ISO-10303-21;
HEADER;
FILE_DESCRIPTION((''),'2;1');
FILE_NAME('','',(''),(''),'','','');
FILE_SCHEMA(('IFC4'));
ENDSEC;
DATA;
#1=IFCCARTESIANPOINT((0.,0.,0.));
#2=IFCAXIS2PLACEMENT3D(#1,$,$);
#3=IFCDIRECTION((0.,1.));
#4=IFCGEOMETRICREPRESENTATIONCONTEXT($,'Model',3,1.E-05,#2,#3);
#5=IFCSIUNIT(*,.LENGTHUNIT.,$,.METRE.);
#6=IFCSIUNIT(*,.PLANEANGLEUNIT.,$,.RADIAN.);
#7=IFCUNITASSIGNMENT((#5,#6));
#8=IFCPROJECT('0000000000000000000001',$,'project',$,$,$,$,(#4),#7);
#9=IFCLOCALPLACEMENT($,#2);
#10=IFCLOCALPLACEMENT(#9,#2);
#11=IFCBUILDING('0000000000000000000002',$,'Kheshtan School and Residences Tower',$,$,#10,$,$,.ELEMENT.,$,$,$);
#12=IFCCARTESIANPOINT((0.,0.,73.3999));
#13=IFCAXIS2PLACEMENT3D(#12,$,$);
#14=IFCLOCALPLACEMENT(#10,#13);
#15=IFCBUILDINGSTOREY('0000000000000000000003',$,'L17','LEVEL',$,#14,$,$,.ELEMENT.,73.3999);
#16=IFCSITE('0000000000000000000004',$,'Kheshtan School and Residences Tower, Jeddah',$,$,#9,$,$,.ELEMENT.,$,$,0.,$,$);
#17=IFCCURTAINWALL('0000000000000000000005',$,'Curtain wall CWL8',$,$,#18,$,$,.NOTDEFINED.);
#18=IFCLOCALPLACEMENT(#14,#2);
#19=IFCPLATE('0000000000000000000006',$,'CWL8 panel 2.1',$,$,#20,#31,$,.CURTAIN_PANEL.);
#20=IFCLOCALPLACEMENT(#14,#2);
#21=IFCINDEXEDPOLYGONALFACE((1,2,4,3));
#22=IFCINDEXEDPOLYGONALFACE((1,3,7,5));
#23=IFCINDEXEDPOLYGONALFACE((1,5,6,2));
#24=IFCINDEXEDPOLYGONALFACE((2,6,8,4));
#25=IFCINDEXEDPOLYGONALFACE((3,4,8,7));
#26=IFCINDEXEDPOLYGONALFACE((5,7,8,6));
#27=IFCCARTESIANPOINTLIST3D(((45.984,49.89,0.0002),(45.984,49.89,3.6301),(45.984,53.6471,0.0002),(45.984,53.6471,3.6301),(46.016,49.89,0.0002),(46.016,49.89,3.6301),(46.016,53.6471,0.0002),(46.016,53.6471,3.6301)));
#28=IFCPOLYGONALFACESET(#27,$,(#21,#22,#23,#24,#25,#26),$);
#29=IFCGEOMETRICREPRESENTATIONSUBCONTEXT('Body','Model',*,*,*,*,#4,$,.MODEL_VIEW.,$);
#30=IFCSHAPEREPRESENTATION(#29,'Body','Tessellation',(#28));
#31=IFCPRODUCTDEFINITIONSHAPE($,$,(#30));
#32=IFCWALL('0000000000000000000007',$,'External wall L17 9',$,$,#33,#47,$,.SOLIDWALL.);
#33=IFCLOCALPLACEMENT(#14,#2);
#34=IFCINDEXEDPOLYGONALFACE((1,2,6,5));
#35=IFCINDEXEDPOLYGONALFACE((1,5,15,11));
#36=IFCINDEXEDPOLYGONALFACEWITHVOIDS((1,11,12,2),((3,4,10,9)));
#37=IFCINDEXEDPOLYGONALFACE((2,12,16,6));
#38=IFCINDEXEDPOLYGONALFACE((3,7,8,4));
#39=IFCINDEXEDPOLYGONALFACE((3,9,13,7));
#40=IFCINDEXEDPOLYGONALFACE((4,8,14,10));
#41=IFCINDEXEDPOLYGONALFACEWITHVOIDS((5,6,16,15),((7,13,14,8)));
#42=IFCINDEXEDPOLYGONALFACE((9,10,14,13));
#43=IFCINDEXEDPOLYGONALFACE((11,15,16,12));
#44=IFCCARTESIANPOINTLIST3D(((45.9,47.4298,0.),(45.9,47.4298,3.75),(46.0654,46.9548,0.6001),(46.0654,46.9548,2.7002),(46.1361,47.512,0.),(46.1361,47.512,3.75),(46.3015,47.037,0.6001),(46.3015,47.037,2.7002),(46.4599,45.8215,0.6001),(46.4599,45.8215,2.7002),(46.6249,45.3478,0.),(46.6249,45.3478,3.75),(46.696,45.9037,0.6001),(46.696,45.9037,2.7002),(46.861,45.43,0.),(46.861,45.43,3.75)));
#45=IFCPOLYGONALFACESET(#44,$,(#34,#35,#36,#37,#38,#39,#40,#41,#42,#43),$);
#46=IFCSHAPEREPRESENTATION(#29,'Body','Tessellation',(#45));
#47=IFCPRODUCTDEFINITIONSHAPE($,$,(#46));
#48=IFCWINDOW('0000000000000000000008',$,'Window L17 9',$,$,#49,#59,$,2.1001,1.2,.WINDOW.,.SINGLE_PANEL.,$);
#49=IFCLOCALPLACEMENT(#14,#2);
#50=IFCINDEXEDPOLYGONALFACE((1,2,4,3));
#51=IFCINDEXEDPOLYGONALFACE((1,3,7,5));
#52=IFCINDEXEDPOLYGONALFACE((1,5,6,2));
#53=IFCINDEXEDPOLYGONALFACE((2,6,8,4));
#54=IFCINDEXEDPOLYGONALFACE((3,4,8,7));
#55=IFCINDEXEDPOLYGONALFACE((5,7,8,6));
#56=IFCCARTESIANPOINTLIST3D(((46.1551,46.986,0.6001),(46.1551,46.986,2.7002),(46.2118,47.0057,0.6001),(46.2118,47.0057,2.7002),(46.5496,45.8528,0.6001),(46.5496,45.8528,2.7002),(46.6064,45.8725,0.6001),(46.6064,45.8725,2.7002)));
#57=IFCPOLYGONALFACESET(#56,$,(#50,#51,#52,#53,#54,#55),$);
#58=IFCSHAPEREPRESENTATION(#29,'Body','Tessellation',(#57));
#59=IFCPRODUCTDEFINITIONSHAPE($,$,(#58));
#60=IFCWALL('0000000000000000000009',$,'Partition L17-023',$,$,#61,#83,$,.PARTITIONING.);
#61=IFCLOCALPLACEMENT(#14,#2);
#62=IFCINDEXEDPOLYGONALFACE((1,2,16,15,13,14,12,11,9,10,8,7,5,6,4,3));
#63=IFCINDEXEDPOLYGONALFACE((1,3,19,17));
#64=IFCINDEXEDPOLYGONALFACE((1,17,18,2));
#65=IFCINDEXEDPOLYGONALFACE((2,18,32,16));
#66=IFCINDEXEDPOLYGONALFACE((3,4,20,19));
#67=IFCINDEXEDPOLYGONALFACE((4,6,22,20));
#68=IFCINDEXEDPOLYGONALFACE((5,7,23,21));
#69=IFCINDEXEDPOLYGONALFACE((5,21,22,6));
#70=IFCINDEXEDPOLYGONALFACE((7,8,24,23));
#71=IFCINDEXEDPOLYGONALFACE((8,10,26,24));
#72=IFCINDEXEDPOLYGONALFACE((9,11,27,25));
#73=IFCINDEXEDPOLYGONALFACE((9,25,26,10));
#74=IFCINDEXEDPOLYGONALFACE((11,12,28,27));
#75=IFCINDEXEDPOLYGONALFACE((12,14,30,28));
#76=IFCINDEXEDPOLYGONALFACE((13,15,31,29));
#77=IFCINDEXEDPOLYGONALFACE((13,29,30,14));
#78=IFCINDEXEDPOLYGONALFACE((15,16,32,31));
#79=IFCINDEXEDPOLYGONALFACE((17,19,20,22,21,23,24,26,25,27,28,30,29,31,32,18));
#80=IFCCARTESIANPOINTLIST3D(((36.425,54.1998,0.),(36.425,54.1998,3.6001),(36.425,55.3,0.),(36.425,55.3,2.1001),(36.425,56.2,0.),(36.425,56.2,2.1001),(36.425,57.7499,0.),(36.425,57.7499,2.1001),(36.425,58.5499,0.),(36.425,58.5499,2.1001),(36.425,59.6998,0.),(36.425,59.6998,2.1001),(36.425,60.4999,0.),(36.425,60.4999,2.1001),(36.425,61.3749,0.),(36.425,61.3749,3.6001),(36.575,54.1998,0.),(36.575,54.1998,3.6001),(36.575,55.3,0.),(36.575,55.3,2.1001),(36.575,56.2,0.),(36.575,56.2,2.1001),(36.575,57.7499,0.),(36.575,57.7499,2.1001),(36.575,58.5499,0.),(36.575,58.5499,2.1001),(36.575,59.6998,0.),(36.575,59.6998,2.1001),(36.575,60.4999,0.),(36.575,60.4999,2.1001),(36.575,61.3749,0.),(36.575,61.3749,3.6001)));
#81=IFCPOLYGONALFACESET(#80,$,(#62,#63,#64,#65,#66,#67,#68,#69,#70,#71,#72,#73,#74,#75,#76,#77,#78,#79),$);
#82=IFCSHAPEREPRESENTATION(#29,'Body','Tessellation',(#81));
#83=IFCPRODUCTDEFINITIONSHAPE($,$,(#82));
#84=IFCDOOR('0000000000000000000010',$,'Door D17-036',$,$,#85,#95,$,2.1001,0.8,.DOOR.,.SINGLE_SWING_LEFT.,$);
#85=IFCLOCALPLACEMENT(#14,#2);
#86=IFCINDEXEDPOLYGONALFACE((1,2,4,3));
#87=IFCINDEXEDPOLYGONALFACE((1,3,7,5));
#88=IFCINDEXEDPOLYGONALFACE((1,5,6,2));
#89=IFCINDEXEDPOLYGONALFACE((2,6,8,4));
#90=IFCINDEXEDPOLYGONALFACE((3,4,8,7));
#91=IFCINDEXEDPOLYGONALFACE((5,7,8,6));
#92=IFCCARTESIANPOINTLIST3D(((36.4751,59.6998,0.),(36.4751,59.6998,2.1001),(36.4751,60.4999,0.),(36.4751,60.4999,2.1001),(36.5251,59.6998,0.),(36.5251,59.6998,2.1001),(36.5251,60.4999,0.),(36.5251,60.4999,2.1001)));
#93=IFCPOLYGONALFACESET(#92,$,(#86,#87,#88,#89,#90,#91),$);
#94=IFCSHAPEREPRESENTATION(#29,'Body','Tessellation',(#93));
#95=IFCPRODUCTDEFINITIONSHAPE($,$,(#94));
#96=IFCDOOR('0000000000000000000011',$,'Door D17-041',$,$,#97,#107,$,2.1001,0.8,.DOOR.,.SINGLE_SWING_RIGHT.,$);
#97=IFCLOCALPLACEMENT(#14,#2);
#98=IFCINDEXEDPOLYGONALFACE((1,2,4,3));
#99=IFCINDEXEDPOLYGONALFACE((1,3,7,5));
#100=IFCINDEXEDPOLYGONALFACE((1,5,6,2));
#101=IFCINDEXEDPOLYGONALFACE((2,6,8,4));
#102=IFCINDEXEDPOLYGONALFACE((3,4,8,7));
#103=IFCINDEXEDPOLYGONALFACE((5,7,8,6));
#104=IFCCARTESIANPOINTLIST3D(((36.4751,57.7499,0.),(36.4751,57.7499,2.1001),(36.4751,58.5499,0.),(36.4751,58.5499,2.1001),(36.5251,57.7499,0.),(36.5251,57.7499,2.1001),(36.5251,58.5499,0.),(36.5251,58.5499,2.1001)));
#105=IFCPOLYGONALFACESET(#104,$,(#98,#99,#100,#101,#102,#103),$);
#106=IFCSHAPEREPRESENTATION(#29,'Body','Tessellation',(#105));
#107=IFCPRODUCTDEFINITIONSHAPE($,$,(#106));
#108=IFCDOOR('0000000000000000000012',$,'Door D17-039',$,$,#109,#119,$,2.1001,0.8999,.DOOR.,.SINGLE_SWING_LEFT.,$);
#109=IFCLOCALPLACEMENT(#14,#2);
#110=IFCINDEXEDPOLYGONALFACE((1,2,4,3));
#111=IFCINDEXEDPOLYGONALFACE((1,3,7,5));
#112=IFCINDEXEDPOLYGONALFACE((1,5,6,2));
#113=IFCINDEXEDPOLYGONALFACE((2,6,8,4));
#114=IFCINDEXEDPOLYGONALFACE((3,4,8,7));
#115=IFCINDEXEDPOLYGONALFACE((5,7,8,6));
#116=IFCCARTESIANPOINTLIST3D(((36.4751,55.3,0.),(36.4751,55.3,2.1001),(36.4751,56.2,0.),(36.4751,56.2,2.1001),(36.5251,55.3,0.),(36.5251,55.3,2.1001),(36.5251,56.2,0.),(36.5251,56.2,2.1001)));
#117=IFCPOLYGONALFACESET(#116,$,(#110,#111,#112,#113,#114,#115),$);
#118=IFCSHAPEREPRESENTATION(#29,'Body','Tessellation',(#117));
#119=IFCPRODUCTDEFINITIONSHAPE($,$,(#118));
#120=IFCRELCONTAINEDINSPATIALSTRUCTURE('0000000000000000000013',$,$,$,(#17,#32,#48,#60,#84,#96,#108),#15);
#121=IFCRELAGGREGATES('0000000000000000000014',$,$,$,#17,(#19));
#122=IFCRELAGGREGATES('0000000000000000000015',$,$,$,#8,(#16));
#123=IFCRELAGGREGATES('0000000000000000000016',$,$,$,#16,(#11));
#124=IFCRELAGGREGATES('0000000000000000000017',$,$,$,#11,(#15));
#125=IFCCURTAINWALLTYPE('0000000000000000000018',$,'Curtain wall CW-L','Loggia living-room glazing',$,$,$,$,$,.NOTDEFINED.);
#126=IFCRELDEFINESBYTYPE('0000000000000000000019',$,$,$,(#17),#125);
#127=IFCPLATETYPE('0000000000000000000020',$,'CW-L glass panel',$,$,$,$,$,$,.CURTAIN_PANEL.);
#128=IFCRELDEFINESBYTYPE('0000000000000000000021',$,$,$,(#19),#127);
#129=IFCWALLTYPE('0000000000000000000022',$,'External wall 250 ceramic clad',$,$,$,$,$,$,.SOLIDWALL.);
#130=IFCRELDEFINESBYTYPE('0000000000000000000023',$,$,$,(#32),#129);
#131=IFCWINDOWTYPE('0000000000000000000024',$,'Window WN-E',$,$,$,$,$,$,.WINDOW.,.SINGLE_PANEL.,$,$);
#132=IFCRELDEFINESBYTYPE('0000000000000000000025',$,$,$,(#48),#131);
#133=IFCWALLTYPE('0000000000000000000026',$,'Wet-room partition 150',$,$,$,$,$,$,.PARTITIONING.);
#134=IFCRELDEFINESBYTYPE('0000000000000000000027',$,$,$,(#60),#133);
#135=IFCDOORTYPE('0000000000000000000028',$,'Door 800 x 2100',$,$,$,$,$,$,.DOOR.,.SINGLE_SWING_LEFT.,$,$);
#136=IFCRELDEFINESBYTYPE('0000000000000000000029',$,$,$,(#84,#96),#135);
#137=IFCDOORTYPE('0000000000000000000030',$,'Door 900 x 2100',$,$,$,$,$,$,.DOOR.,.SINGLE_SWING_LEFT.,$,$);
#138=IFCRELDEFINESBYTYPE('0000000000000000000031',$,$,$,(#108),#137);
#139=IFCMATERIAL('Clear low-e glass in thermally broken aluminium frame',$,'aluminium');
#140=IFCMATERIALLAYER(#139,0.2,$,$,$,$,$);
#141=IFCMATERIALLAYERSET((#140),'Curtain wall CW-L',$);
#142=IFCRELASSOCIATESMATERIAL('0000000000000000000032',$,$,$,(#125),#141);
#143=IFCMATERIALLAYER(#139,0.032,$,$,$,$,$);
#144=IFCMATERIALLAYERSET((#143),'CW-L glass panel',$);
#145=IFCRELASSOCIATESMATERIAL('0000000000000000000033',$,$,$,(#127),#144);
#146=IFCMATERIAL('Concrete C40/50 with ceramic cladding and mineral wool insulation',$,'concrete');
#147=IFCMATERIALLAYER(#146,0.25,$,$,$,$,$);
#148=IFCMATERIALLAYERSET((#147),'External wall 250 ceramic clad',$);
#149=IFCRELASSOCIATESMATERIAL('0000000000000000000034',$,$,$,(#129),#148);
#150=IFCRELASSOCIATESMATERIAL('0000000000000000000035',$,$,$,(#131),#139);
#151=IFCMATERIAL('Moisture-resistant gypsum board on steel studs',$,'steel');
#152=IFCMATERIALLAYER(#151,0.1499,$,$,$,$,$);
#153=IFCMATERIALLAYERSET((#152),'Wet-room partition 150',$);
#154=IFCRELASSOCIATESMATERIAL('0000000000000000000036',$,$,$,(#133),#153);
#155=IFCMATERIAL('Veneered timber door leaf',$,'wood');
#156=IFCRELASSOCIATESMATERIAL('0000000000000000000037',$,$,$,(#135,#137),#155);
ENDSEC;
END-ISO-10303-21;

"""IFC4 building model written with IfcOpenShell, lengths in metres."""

from ifc_helpers import new_model, si_unit, direction, frame, frame_2d, origin, origin_2d, place, context, subcontext, project, spatial, rectangle, extrude, source, transform, mapped, material, layer, layer_set, type_object, element, fill, aggregate, save


model = new_model("IFC4")

# Units and contexts
model_context = context("Model", 3, precision=1e-05, world=origin(), true_north=direction((0.0, 1.0)))
body_context = subcontext(model_context, "Body", "Model", "MODEL_VIEW")
ifc_project = project(units=[si_unit("LENGTHUNIT", "METRE"), si_unit("PLANEANGLEUNIT", "RADIAN")], contexts=[model_context])

# Site, building, storey
site_placement = place(None, origin())
site = spatial("IfcSite", under=ifc_project, at=site_placement, Name="Kheshtan School and Residences Tower, Jeddah", CompositionType="ELEMENT", RefElevation=0.0)
building_placement = place(site_placement, origin())
building = spatial("IfcBuilding", under=site, at=building_placement, Name="Kheshtan School and Residences Tower", CompositionType="ELEMENT")
storey_placement = place(building_placement, frame((0.0, 0.0, 73.3999)))
storey = spatial("IfcBuildingStorey", under=building, at=storey_placement, Name="L17", Description="LEVEL", CompositionType="ELEMENT", Elevation=73.3999)

# Curtain wall, plate
ifc_material_1 = material(Name="Clear low-e glass in thermally broken aluminium frame", Category="aluminium")
ifc_layer_1 = layer(ifc_material_1, 0.2)
ifc_layer_set_1 = layer_set([ifc_layer_1], Name="Curtain wall CW-L")
curtain_wall_type = type_object("IfcCurtainWallType", Name="Curtain wall CW-L", Description="Loggia living-room glazing", PredefinedType="NOTDEFINED", material=ifc_layer_set_1)
curtain_wall_placement = place(storey_placement, origin())
curtain_wall = element("IfcCurtainWall", 1, at=curtain_wall_placement, inside=storey, type_object=curtain_wall_type, Name="Curtain wall CWL8", PredefinedType="NOTDEFINED")
ifc_layer_2 = layer(ifc_material_1, 0.032)
ifc_layer_set_2 = layer_set([ifc_layer_2], Name="CW-L glass panel")
plate_type = type_object("IfcPlateType", Name="CW-L glass panel", PredefinedType="CURTAIN_PANEL", material=ifc_layer_set_2)
plate_1_placement = place(storey_placement, frame((46.0, 51.7686, 0.0002), z_axis=(0.0, 0.0, 1.0), x_axis=(0.0, -1.0, 0.0)))
plate_1 = element("IfcPlate", 2, at=plate_1_placement, type_object=plate_type, Name="CWL8 panel 2.1", PredefinedType="CURTAIN_PANEL", context=body_context, shape_type="SweptSolid", body=[
    extrude(rectangle(XDim=3.7571, YDim=0.032, at=origin_2d()), origin(), (0.0, 0.0, 1.0), 3.6299),
])
aggregate(curtain_wall, [plate_1])

# Wall, opening, window
ifc_material_2 = material(Name="Concrete C40/50 with ceramic cladding and mineral wool insulation", Category="concrete")
ifc_layer_3 = layer(ifc_material_2, 0.25)
ifc_layer_set_3 = layer_set([ifc_layer_3], Name="External wall 250 ceramic clad")
wall_type_1 = type_object("IfcWallType", Name="External wall 250 ceramic clad", PredefinedType="SOLIDWALL", material=ifc_layer_set_3)
wall_1_placement = place(storey_placement, frame((46.0181, 47.4709, 0.0), z_axis=(0.0, 0.0, 1.0), x_axis=(0.328791, -0.944403, 0.0)))
wall_1 = element("IfcWall", 3, at=wall_1_placement, inside=storey, type_object=wall_type_1, Name="External wall L17 9", PredefinedType="SOLIDWALL", context=body_context, shape_type="SweptSolid", body=[
    extrude(rectangle(XDim=2.2046, YDim=0.25, at=frame_2d((1.1023, 0.0))), origin(), (0.0, 0.0, 1.0), 3.75),
])
opening_1_placement = place(wall_1_placement, frame((0.5029, 0.0, 0.6001)))
opening_1 = element("IfcOpeningElement", 4, at=opening_1_placement, cuts=wall_1, PredefinedType="OPENING", context=body_context, shape_type="SweptSolid", body=[
    extrude(rectangle(XDim=1.2, YDim=2.1001, at=frame_2d((0.6001, 1.05))), frame((0.0, 0.135, 0.0), z_axis=(0.0, -1.0, 0.0), x_axis=(1.0, 0.0, 0.0)), (0.0, 0.0, 1.0), 0.27),
])
window_type = type_object("IfcWindowType", Name="Window WN-E", PartitioningType="SINGLE_PANEL", PredefinedType="WINDOW", material=ifc_material_1)
shared_shape_1 = source(origin(), body_context, "Body", "SweptSolid", [
    extrude(rectangle(XDim=1.2, YDim=2.1001, at=frame_2d((0.6001, 1.05))), frame((0.0, 0.03, 0.0), z_axis=(0.0, -1.0, 0.0), x_axis=(1.0, 0.0, 0.0)), (0.0, 0.0, 1.0), 0.0601),
])
window_placement = place(opening_1_placement, origin())
window = element("IfcWindow", 5, at=window_placement, inside=storey, type_object=window_type, Name="Window L17 9", OverallHeight=2.1001, OverallWidth=1.2, PartitioningType="SINGLE_PANEL", PredefinedType="WINDOW", context=body_context, shape_type="MappedRepresentation", body=[
    mapped(shared_shape_1, transform((0.0, 0.0, 0.0), x_axis=(1.0, 0.0, 0.0), y_axis=(0.0, 1.0, 0.0), z_axis=(0.0, 0.0, 1.0), scale=1.0)),
])
fill(opening_1, window)

# Wall, openings, doors
ifc_material_3 = material(Name="Moisture-resistant gypsum board on steel studs", Category="steel")
ifc_layer_4 = layer(ifc_material_3, 0.1499)
ifc_layer_set_4 = layer_set([ifc_layer_4], Name="Wet-room partition 150")
wall_type_2 = type_object("IfcWallType", Name="Wet-room partition 150", PredefinedType="PARTITIONING", material=ifc_layer_set_4)
wall_2_placement = place(storey_placement, frame((36.5, 54.2, 0.0), z_axis=(0.0, 0.0, 1.0), x_axis=(0.0, 1.0, 0.0)))
wall_2 = element("IfcWall", 6, at=wall_2_placement, inside=storey, type_object=wall_type_2, Name="Partition L17-023", PredefinedType="PARTITIONING", context=body_context, shape_type="SweptSolid", body=[
    extrude(rectangle(XDim=7.175, YDim=0.1499, at=frame_2d((3.5874, 0.0))), origin(), (0.0, 0.0, 1.0), 3.6001),
])
opening_2_placement = place(wall_2_placement, frame((5.5, 0.0, 0.0)))
opening_2 = element("IfcOpeningElement", 7, at=opening_2_placement, cuts=wall_2, PredefinedType="OPENING", context=body_context, shape_type="SweptSolid", body=[
    extrude(rectangle(XDim=0.8, YDim=2.1001, at=frame_2d((0.3999, 1.05))), frame((0.0, 0.085, 0.0), z_axis=(0.0, -1.0, 0.0), x_axis=(1.0, 0.0, 0.0)), (0.0, 0.0, 1.0), 0.1699),
])
opening_3_placement = place(wall_2_placement, frame((1.1001, 0.0, 0.0)))
opening_3 = element("IfcOpeningElement", 8, at=opening_3_placement, cuts=wall_2, PredefinedType="OPENING", context=body_context, shape_type="SweptSolid", body=[
    extrude(rectangle(XDim=0.8999, YDim=2.1001, at=frame_2d((0.45, 1.05))), frame((0.0, 0.085, 0.0), z_axis=(0.0, -1.0, 0.0), x_axis=(1.0, 0.0, 0.0)), (0.0, 0.0, 1.0), 0.1699),
])
opening_4_placement = place(wall_2_placement, frame((3.55, 0.0, 0.0)))
opening_4 = element("IfcOpeningElement", 9, at=opening_4_placement, cuts=wall_2, PredefinedType="OPENING", context=body_context, shape_type="SweptSolid", body=[
    extrude(rectangle(XDim=0.8, YDim=2.1001, at=frame_2d((0.3999, 1.05))), frame((0.0, 0.085, 0.0), z_axis=(0.0, -1.0, 0.0), x_axis=(1.0, 0.0, 0.0)), (0.0, 0.0, 1.0), 0.1699),
])
ifc_material_4 = material(Name="Veneered timber door leaf", Category="wood")
door_type_1 = type_object("IfcDoorType", Name="Door 800 x 2100", OperationType="SINGLE_SWING_LEFT", PredefinedType="DOOR", material=ifc_material_4)
shared_shape_2 = source(origin(), body_context, "Body", "SweptSolid", [
    extrude(rectangle(XDim=0.8, YDim=2.1001, at=frame_2d((0.3999, 1.05))), frame((0.0, 0.0249, 0.0), z_axis=(0.0, -1.0, 0.0), x_axis=(1.0, 0.0, 0.0)), (0.0, 0.0, 1.0), 0.05),
])
door_1_placement = place(opening_2_placement, origin())
door_1 = element("IfcDoor", 10, at=door_1_placement, inside=storey, type_object=door_type_1, Name="Door D17-036", OperationType="SINGLE_SWING_LEFT", OverallHeight=2.1001, OverallWidth=0.8, PredefinedType="DOOR", context=body_context, shape_type="MappedRepresentation", body=[
    mapped(shared_shape_2, transform((0.0, 0.0, 0.0), x_axis=(1.0, 0.0, 0.0), y_axis=(0.0, 1.0, 0.0), z_axis=(0.0, 0.0, 1.0), scale=1.0)),
])
fill(opening_2, door_1)
door_2_placement = place(opening_4_placement, origin())
door_2 = element("IfcDoor", 11, at=door_2_placement, inside=storey, type_object=door_type_1, Name="Door D17-041", OperationType="SINGLE_SWING_RIGHT", OverallHeight=2.1001, OverallWidth=0.8, PredefinedType="DOOR", context=body_context, shape_type="MappedRepresentation", body=[
    mapped(shared_shape_2, transform((0.0, 0.0, 0.0), x_axis=(1.0, 0.0, 0.0), y_axis=(0.0, 1.0, 0.0), z_axis=(0.0, 0.0, 1.0), scale=1.0)),
])
fill(opening_4, door_2)
door_type_2 = type_object("IfcDoorType", Name="Door 900 x 2100", OperationType="SINGLE_SWING_LEFT", PredefinedType="DOOR", material=ifc_material_4)
shared_shape_3 = source(origin(), body_context, "Body", "SweptSolid", [
    extrude(rectangle(XDim=0.8999, YDim=2.1001, at=frame_2d((0.45, 1.05))), frame((0.0, 0.0249, 0.0), z_axis=(0.0, -1.0, 0.0), x_axis=(1.0, 0.0, 0.0)), (0.0, 0.0, 1.0), 0.05),
])
door_3_placement = place(opening_3_placement, origin())
door_3 = element("IfcDoor", 12, at=door_3_placement, inside=storey, type_object=door_type_2, Name="Door D17-039", OperationType="SINGLE_SWING_LEFT", OverallHeight=2.1001, OverallWidth=0.8999, PredefinedType="DOOR", context=body_context, shape_type="MappedRepresentation", body=[
    mapped(shared_shape_3, transform((0.0, 0.0, 0.0), x_axis=(1.0, 0.0, 0.0), y_axis=(0.0, 1.0, 0.0), z_axis=(0.0, 0.0, 1.0), scale=1.0)),
])
fill(opening_3, door_3)

save(model, "model.ifc")
